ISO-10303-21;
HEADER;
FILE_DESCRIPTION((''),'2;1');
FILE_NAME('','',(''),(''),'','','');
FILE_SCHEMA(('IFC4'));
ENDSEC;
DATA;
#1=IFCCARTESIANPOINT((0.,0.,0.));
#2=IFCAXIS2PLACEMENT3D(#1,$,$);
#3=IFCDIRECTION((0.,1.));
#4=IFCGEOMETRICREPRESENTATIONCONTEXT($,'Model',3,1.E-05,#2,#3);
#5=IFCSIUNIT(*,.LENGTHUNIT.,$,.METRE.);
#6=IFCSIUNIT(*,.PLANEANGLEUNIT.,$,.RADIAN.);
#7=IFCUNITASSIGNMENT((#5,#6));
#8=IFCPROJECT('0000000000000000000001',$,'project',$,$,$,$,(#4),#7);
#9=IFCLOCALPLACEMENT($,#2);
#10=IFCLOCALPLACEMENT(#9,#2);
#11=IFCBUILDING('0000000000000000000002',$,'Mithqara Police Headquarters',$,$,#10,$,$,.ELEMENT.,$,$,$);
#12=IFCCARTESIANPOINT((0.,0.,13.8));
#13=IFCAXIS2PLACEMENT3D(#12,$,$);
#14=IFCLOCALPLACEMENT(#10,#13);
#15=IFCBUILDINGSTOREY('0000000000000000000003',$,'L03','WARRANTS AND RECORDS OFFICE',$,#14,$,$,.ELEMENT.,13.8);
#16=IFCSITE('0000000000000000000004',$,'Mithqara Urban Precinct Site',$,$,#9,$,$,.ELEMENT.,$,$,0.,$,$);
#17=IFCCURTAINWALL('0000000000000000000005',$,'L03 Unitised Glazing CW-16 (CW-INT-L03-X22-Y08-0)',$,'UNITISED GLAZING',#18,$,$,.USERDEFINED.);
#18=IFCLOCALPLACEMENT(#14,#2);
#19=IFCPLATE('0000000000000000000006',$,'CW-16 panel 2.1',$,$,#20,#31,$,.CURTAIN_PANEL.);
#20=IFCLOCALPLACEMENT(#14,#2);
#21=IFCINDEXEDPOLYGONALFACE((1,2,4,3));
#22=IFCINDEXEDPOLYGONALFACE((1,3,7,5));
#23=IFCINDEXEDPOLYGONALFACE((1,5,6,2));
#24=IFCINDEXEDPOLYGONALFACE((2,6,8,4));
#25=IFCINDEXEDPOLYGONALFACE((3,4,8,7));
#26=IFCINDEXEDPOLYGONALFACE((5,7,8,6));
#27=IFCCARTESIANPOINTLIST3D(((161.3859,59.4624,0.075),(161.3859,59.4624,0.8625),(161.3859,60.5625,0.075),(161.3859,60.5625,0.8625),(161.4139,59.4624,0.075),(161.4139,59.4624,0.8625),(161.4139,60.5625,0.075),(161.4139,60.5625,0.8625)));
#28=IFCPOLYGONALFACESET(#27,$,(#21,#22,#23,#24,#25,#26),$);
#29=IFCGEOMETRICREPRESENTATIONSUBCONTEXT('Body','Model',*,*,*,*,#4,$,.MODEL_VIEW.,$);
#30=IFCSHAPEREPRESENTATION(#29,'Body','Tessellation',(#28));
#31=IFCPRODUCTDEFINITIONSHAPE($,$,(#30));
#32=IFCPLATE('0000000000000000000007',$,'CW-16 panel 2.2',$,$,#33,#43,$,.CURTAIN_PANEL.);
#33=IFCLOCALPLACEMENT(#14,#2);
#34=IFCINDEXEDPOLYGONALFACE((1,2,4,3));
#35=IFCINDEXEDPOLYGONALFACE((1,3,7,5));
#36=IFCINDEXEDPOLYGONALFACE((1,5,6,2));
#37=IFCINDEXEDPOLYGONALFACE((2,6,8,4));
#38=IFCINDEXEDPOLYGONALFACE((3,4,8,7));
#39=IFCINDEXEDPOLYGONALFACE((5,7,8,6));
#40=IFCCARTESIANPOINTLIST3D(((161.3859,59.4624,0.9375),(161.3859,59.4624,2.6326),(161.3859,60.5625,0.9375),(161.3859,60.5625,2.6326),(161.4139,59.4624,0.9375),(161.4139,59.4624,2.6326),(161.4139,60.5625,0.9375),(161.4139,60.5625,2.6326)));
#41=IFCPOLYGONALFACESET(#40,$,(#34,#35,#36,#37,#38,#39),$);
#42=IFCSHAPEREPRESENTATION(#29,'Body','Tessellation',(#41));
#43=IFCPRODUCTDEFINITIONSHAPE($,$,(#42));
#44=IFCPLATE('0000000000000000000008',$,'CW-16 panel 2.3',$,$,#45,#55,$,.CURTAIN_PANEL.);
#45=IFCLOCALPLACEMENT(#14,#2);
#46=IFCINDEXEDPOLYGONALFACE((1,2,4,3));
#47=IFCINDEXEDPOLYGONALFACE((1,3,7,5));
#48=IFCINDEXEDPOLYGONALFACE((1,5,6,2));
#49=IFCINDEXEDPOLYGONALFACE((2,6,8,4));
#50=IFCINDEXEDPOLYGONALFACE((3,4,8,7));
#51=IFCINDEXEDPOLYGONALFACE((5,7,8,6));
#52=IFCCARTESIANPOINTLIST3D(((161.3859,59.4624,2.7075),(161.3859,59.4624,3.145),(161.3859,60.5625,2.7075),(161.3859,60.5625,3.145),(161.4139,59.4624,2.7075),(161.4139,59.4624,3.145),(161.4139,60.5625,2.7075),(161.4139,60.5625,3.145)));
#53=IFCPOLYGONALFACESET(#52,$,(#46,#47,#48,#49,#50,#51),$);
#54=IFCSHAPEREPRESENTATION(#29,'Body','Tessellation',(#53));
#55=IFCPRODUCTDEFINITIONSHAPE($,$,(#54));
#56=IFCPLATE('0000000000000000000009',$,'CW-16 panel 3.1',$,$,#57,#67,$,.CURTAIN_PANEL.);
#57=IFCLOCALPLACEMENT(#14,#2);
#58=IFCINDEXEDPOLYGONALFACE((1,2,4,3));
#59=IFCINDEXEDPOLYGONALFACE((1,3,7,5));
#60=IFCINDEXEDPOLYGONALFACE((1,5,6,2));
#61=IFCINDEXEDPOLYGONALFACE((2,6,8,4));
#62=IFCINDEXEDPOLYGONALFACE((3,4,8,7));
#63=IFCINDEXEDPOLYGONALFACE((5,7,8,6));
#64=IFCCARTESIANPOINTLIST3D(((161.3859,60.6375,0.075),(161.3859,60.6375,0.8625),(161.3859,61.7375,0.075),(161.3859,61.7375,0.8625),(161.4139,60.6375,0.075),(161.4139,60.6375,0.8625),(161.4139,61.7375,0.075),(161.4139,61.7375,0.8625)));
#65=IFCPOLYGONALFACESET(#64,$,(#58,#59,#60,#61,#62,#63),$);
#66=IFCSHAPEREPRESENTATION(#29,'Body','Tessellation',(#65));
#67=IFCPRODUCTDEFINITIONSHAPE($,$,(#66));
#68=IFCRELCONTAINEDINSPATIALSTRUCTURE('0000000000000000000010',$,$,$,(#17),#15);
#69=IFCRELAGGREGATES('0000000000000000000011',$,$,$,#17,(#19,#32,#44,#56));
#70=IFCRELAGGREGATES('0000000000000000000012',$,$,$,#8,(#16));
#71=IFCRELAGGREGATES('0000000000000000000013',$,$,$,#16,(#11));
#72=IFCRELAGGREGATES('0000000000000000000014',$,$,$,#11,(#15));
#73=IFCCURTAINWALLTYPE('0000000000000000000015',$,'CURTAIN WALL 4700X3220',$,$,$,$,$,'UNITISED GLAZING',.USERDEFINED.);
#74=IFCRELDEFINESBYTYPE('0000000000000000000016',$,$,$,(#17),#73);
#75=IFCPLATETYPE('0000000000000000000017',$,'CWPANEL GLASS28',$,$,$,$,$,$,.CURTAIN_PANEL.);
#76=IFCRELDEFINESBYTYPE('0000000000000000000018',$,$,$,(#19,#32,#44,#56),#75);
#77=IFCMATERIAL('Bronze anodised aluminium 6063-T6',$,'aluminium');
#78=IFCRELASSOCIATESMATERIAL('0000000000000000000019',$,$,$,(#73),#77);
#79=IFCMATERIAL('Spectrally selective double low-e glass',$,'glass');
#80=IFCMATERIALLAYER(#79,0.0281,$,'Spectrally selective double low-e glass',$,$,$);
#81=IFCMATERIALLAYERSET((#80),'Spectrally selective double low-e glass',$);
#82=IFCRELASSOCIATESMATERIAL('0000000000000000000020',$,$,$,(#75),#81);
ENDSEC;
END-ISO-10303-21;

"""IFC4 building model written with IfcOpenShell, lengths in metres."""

from ifc_helpers import new_model, si_unit, direction, frame, origin, origin_2d, place, context, subcontext, project, spatial, rectangle, extrude, material, layer, layer_set, type_object, element, aggregate, save


model = new_model("IFC4")

# Units and contexts
model_context = context("Model", 3, precision=1e-05, world=origin(), true_north=direction((0.0, 1.0)))
body_context = subcontext(model_context, "Body", "Model", "MODEL_VIEW")
ifc_project = project(units=[si_unit("LENGTHUNIT", "METRE"), si_unit("PLANEANGLEUNIT", "RADIAN")], contexts=[model_context])

# Site, building, storey
site_placement = place(None, origin())
site = spatial("IfcSite", under=ifc_project, at=site_placement, Name="Mithqara Urban Precinct Site", CompositionType="ELEMENT", RefElevation=0.0)
building_placement = place(site_placement, origin())
building = spatial("IfcBuilding", under=site, at=building_placement, Name="Mithqara Police Headquarters", CompositionType="ELEMENT")
storey_placement = place(building_placement, frame((0.0, 0.0, 13.8)))
storey = spatial("IfcBuildingStorey", under=building, at=storey_placement, Name="L03", Description="WARRANTS AND RECORDS OFFICE", CompositionType="ELEMENT", Elevation=13.8)

# Curtain wall, plates
ifc_material_1 = material(Name="Bronze anodised aluminium 6063-T6", Category="aluminium")
curtain_wall_type = type_object("IfcCurtainWallType", Name="CURTAIN WALL 4700X3220", ElementType="UNITISED GLAZING", PredefinedType="USERDEFINED", material=ifc_material_1)
curtain_wall_placement = place(storey_placement, origin())
curtain_wall = element("IfcCurtainWall", 1, at=curtain_wall_placement, inside=storey, type_object=curtain_wall_type, Name="L03 Unitised Glazing CW-16 (CW-INT-L03-X22-Y08-0)", ObjectType="UNITISED GLAZING", PredefinedType="USERDEFINED")
ifc_material_2 = material(Name="Spectrally selective double low-e glass", Category="glass")
ifc_layer = layer(ifc_material_2, 0.0281, Name="Spectrally selective double low-e glass")
ifc_layer_set = layer_set([ifc_layer], Name="Spectrally selective double low-e glass")
plate_type = type_object("IfcPlateType", Name="CWPANEL GLASS28", PredefinedType="CURTAIN_PANEL", material=ifc_layer_set)
plate_1_placement = place(storey_placement, frame((161.3999, 60.0125, 0.075), z_axis=(0.0, 0.0, 1.0), x_axis=(0.0, 1.0, 0.0)))
plate_1 = element("IfcPlate", 2, at=plate_1_placement, type_object=plate_type, Name="CW-16 panel 2.1", PredefinedType="CURTAIN_PANEL", context=body_context, shape_type="SweptSolid", body=[
    extrude(rectangle(XDim=1.1001, YDim=0.0281, at=origin_2d()), origin(), (0.0, 0.0, 1.0), 0.7876),
])
plate_2_placement = place(storey_placement, frame((161.3999, 60.0125, 0.9375), z_axis=(0.0, 0.0, 1.0), x_axis=(0.0, 1.0, 0.0)))
plate_2 = element("IfcPlate", 3, at=plate_2_placement, type_object=plate_type, Name="CW-16 panel 2.2", PredefinedType="CURTAIN_PANEL", context=body_context, shape_type="SweptSolid", body=[
    extrude(rectangle(XDim=1.1001, YDim=0.0281, at=origin_2d()), origin(), (0.0, 0.0, 1.0), 1.6951),
])
plate_3_placement = place(storey_placement, frame((161.3999, 60.0125, 2.7075), z_axis=(0.0, 0.0, 1.0), x_axis=(0.0, 1.0, 0.0)))
plate_3 = element("IfcPlate", 4, at=plate_3_placement, type_object=plate_type, Name="CW-16 panel 2.3", PredefinedType="CURTAIN_PANEL", context=body_context, shape_type="SweptSolid", body=[
    extrude(rectangle(XDim=1.1001, YDim=0.0281, at=origin_2d()), origin(), (0.0, 0.0, 1.0), 0.4375),
])
plate_4_placement = place(storey_placement, frame((161.3999, 61.1875, 0.075), z_axis=(0.0, 0.0, 1.0), x_axis=(0.0, 1.0, 0.0)))
plate_4 = element("IfcPlate", 5, at=plate_4_placement, type_object=plate_type, Name="CW-16 panel 3.1", PredefinedType="CURTAIN_PANEL", context=body_context, shape_type="SweptSolid", body=[
    extrude(rectangle(XDim=1.1001, YDim=0.0281, at=origin_2d()), origin(), (0.0, 0.0, 1.0), 0.7876),
])
aggregate(curtain_wall, [plate_1, plate_2, plate_3, plate_4])

save(model, "model.ifc")
